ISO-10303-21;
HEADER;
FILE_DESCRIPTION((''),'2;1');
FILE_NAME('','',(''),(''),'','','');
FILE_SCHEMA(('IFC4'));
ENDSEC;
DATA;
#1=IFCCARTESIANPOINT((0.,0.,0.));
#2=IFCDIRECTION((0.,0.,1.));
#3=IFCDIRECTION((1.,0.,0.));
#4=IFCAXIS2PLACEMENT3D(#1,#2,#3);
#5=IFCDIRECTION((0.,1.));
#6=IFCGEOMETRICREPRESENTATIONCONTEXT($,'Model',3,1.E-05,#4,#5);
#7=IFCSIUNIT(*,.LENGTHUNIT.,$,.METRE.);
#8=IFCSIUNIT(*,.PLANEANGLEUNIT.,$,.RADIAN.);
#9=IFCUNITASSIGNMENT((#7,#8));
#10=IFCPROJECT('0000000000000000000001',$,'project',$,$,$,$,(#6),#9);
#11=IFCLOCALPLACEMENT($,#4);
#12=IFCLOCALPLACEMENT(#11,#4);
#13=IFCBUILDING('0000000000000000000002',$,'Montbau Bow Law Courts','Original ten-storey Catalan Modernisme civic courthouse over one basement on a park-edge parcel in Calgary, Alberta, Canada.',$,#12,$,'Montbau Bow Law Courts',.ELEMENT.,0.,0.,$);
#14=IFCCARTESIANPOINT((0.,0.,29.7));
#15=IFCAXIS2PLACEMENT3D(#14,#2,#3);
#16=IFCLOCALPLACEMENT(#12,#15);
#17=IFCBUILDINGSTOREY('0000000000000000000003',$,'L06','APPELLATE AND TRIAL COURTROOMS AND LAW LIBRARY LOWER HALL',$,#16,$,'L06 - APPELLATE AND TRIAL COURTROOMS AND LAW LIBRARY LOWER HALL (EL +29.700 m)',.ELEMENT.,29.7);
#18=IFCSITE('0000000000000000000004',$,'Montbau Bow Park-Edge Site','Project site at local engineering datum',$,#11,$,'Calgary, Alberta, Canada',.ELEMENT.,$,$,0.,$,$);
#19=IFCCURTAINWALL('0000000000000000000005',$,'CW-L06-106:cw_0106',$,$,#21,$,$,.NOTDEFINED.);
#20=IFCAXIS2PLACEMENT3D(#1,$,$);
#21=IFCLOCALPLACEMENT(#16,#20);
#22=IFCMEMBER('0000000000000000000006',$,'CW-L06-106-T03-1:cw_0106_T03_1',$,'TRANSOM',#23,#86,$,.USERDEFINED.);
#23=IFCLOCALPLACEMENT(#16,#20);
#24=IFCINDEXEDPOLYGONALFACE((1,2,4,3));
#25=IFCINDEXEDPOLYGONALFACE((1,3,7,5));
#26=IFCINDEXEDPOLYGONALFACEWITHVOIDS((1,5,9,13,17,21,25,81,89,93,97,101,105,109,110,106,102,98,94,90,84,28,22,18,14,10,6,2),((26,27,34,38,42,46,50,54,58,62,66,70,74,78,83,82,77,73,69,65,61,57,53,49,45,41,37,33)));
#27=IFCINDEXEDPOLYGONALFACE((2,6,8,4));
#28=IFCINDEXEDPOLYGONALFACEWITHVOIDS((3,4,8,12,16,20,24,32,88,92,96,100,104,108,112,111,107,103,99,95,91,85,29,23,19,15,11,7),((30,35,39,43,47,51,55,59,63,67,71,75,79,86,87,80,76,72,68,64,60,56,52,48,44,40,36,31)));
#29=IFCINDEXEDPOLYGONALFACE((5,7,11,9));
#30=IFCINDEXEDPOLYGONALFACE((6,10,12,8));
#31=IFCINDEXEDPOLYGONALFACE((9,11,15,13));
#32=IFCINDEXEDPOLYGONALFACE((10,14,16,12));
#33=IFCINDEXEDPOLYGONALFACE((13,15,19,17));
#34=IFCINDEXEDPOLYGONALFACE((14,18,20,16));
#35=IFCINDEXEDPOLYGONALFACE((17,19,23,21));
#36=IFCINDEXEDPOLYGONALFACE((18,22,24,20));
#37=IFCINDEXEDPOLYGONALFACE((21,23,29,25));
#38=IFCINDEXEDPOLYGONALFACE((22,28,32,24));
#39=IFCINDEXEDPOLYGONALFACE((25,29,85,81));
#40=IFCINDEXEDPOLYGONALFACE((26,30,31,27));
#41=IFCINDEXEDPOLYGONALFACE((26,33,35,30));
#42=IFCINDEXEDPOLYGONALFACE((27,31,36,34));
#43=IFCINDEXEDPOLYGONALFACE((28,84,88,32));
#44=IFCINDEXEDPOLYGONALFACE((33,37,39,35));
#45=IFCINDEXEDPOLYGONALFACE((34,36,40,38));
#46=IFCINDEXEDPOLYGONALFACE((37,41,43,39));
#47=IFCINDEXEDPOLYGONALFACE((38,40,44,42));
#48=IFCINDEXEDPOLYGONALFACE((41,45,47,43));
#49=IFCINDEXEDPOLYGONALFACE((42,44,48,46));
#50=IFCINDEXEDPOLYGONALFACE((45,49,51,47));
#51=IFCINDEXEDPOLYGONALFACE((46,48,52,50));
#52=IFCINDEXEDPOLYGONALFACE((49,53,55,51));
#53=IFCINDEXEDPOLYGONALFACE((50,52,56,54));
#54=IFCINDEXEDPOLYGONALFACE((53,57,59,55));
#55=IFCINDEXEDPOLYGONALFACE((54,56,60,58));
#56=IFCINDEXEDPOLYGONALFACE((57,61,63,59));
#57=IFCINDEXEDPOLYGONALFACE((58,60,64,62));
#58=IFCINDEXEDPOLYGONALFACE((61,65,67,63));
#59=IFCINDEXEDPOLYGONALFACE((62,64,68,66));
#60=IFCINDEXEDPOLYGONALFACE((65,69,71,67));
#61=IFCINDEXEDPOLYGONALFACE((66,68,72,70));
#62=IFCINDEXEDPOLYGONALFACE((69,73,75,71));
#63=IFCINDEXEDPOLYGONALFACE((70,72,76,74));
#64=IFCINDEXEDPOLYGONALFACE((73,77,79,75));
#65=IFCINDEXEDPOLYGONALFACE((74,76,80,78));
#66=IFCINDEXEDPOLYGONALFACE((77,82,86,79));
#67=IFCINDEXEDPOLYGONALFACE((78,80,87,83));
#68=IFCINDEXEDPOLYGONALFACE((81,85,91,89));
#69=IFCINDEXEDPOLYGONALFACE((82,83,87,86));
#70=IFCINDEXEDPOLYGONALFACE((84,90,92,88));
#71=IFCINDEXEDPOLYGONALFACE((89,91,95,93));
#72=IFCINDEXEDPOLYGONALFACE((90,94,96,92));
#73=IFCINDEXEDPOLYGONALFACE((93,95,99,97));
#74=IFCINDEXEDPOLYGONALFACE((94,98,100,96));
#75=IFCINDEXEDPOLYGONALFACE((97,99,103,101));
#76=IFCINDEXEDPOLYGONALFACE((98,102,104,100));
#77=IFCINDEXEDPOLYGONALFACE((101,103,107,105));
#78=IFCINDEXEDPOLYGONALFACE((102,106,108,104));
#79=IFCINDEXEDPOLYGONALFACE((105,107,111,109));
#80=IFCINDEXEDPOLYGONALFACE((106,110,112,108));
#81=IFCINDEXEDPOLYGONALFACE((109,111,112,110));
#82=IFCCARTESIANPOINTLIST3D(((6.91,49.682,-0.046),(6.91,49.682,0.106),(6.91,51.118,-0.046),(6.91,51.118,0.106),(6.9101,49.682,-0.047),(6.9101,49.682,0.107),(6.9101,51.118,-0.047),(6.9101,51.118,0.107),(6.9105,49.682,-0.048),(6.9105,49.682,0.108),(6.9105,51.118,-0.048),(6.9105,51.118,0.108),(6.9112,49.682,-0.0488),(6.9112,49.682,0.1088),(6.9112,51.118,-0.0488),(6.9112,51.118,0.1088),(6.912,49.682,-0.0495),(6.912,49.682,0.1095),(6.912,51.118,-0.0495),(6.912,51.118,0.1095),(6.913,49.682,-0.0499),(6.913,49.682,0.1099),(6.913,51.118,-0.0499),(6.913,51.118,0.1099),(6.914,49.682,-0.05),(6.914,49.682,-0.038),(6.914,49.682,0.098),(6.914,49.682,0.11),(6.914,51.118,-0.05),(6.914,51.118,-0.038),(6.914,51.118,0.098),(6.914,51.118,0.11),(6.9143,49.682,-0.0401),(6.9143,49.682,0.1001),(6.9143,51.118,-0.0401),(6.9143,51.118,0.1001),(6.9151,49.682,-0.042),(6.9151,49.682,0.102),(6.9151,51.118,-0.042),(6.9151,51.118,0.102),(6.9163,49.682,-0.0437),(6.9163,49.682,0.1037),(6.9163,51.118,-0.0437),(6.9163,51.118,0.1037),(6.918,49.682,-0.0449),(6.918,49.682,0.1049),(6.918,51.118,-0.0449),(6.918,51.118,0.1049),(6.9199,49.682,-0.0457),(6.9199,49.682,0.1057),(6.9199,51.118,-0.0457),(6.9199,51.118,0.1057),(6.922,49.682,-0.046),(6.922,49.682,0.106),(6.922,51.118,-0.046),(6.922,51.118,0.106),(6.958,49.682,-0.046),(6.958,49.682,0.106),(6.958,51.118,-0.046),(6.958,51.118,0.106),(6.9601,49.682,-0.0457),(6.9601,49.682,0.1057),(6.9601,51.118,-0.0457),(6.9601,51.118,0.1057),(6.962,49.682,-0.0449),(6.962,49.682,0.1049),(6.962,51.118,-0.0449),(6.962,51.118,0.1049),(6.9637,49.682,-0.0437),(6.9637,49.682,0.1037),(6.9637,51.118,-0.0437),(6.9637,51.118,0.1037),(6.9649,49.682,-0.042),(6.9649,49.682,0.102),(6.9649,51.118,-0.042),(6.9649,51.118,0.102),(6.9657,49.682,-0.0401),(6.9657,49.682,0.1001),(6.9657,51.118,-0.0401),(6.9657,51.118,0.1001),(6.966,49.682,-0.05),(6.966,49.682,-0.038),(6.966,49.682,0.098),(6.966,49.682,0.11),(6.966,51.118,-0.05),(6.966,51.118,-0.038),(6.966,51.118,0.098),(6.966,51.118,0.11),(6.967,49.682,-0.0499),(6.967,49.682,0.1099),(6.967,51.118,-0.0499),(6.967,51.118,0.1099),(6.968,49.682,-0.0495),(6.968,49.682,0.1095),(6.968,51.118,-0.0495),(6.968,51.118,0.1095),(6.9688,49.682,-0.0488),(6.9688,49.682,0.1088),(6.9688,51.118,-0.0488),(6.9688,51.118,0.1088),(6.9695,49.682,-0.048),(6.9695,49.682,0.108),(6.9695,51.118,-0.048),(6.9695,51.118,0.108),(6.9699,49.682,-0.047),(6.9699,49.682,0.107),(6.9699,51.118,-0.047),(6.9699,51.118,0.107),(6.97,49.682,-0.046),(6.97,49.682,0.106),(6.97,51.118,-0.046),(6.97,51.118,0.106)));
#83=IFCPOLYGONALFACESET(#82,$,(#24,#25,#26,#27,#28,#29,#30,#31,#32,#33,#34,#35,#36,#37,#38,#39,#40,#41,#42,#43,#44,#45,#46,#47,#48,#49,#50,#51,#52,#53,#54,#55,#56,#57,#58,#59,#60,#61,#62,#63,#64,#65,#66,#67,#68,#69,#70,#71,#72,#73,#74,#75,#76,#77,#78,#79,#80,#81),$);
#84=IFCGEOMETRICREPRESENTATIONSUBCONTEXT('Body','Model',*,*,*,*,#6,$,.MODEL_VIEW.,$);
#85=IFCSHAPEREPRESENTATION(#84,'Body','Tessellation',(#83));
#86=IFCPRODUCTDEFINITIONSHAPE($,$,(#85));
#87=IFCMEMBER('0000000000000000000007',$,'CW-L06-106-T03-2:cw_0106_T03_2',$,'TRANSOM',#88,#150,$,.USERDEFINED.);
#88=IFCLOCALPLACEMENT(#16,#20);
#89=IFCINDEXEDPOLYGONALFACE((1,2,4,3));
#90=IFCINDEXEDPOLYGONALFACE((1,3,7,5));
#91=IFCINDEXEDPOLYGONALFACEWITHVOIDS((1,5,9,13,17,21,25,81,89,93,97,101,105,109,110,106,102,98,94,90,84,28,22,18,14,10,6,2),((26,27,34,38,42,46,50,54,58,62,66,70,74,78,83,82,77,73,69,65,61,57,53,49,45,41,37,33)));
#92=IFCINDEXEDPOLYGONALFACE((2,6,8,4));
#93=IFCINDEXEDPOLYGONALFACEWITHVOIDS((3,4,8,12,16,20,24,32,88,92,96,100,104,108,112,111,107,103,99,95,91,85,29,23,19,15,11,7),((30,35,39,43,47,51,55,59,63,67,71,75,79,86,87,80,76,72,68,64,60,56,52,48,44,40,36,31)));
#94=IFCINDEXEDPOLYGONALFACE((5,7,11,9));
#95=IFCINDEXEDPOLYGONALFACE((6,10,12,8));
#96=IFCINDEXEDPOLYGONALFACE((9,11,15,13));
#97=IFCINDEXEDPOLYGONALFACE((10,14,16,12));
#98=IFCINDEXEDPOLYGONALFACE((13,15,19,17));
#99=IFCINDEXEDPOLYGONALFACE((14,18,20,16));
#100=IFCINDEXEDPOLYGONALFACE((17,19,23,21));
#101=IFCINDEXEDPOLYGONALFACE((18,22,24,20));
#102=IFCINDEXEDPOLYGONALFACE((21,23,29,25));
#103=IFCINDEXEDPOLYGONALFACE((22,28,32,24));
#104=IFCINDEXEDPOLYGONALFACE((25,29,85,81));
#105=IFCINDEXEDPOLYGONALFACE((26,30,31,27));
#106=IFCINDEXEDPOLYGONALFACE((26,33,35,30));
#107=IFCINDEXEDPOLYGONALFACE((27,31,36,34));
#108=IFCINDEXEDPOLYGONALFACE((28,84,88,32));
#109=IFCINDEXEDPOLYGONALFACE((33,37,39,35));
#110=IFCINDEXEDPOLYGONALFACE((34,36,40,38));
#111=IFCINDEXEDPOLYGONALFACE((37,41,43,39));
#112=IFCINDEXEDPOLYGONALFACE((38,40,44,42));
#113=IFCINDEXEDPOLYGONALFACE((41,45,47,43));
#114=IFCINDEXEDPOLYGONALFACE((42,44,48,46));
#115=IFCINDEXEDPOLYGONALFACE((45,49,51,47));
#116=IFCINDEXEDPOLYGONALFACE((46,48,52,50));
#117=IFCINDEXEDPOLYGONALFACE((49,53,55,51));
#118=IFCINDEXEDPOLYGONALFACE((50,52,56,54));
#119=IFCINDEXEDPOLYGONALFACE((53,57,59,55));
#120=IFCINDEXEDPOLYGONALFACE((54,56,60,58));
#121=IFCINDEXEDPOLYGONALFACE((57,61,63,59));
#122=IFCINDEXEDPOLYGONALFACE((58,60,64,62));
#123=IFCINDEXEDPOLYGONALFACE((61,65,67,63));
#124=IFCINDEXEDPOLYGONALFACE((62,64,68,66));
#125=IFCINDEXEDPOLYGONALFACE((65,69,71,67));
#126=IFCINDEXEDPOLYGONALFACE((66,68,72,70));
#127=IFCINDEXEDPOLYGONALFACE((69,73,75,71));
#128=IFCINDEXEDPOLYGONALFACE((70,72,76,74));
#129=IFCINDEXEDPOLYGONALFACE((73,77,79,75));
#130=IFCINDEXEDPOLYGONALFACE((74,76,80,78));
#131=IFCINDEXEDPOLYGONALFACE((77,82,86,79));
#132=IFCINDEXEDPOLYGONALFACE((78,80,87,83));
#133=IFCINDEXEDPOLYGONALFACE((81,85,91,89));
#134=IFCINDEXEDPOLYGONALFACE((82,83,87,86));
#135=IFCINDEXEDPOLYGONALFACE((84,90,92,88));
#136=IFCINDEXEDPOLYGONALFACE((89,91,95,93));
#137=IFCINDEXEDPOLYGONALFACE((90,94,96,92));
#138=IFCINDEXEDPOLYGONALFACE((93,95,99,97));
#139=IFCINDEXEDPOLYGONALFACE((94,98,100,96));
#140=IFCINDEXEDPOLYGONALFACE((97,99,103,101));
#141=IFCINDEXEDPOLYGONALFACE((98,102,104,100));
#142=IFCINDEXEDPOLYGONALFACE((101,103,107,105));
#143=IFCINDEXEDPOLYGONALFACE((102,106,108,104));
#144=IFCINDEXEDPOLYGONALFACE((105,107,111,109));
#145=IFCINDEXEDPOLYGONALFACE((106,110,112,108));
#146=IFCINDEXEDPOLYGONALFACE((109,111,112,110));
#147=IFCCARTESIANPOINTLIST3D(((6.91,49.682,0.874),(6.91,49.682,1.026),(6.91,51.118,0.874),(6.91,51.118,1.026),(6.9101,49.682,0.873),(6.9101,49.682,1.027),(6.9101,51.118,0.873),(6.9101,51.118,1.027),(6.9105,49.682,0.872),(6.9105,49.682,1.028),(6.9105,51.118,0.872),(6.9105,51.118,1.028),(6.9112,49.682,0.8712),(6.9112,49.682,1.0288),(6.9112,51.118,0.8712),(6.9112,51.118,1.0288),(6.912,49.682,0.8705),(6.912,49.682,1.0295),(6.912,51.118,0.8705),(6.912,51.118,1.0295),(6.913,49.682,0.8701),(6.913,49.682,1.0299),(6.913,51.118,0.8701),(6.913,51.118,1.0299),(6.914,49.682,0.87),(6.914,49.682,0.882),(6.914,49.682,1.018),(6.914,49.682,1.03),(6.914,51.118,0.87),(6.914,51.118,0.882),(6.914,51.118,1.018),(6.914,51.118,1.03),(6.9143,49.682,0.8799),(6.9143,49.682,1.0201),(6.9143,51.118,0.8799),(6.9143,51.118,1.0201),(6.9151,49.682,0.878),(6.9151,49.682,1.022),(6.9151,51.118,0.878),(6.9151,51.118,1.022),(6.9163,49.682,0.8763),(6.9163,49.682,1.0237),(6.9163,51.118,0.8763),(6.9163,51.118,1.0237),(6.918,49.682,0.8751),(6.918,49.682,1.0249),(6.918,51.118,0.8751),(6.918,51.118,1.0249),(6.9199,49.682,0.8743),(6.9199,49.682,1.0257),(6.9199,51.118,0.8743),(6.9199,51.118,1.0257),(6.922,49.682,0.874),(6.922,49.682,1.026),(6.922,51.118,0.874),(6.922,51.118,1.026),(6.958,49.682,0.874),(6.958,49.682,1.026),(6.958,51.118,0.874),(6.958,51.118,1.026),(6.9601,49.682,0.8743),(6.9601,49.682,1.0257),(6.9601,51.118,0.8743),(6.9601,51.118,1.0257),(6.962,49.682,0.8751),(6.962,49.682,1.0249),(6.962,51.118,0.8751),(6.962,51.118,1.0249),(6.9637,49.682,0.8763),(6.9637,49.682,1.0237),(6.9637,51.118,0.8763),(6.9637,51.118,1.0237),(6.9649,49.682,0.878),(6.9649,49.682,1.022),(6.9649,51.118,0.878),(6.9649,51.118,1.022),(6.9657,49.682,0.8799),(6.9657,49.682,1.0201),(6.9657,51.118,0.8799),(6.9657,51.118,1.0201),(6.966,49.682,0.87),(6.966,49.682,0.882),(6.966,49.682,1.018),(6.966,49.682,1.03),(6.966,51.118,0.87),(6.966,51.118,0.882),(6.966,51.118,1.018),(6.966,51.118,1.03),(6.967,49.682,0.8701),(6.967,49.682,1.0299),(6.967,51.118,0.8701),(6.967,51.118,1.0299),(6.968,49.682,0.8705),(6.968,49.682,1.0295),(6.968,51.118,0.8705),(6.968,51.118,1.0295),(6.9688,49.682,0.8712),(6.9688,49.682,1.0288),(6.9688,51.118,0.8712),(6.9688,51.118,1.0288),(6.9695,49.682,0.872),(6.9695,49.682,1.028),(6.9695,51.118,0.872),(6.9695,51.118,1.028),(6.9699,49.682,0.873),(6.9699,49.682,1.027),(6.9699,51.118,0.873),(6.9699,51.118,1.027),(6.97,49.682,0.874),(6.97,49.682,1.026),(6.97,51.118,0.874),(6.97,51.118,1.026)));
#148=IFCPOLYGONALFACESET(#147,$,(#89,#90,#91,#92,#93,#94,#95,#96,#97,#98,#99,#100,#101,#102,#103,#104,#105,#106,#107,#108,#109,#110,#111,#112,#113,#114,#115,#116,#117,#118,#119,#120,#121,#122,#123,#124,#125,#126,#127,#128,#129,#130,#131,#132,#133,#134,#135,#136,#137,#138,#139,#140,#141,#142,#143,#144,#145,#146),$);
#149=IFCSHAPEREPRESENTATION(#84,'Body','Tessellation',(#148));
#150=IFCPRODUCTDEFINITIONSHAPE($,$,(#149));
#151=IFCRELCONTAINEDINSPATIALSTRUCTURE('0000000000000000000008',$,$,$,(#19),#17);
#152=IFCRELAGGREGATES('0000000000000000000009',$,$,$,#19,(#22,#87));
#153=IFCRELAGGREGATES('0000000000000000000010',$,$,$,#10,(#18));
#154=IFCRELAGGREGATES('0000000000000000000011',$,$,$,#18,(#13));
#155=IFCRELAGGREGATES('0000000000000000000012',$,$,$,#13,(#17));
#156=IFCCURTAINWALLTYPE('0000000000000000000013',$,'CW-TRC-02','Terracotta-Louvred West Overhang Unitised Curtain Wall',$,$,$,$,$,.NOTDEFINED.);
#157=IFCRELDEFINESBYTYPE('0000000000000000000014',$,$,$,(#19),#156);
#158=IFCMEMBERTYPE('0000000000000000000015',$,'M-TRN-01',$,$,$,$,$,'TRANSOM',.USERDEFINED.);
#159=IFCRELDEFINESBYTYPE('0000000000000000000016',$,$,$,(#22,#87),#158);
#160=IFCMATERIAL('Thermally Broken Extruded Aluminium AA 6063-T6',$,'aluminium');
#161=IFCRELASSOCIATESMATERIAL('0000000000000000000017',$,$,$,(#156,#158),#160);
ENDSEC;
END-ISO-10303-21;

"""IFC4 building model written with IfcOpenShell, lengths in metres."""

from ifc_helpers import new_model, si_unit, direction, frame, origin_with_axes, origin_2d_with_axis, place, context, subcontext, project, spatial, hollow_rectangle, extrude, material, material_profile, profile_set, type_object, element, aggregate, save


model = new_model("IFC4")

# Units and contexts
model_context = context("Model", 3, precision=1e-05, world=origin_with_axes(), true_north=direction((0.0, 1.0)))
body_context = subcontext(model_context, "Body", "Model", "MODEL_VIEW")
ifc_project = project(units=[si_unit("LENGTHUNIT", "METRE"), si_unit("PLANEANGLEUNIT", "RADIAN")], contexts=[model_context])

# Site, building, storey
site_placement = place(None, origin_with_axes())
site = spatial("IfcSite", under=ifc_project, at=site_placement, Name="Montbau Bow Park-Edge Site", Description="Project site at local engineering datum", LongName="Calgary, Alberta, Canada", CompositionType="ELEMENT", RefElevation=0.0)
building_placement = place(site_placement, origin_with_axes())
building = spatial("IfcBuilding", under=site, at=building_placement, Name="Montbau Bow Law Courts", Description="Original ten-storey Catalan Modernisme civic courthouse over one basement on a park-edge parcel in Calgary, Alberta, Canada.", LongName="Montbau Bow Law Courts", CompositionType="ELEMENT", ElevationOfRefHeight=0.0, ElevationOfTerrain=0.0)
storey_placement = place(building_placement, frame((0.0, 0.0, 29.7), z_axis=(0.0, 0.0, 1.0), x_axis=(1.0, 0.0, 0.0)))
storey = spatial("IfcBuildingStorey", under=building, at=storey_placement, Name="L06", Description="APPELLATE AND TRIAL COURTROOMS AND LAW LIBRARY LOWER HALL", LongName="L06 - APPELLATE AND TRIAL COURTROOMS AND LAW LIBRARY LOWER HALL (EL +29.700 m)", CompositionType="ELEMENT", Elevation=29.7)

# Shared definitions
ifc_material_1 = material(Name="Thermally Broken Extruded Aluminium AA 6063-T6", Category="aluminium")
curtain_wall_type = type_object("IfcCurtainWallType", Name="CW-TRC-02", Description="Terracotta-Louvred West Overhang Unitised Curtain Wall", PredefinedType="NOTDEFINED", material=ifc_material_1)

# Curtain wall, members
curtain_wall_1_placement = place(None, frame((6.94, 46.64, 29.7), z_axis=(0.0, 0.0, 1.0), x_axis=(1.0, 0.0, 0.0)))
curtain_wall_1 = element("IfcCurtainWall", 1, at=curtain_wall_1_placement, inside=storey, type_object=curtain_wall_type, Name="CW-L06-106:cw_0106", PredefinedType="NOTDEFINED")
ifc_material_profile_1 = material_profile(ifc_material_1, hollow_rectangle(XDim=0.06, YDim=0.16, WallThickness=0.004, InnerFilletRadius=0.008, OuterFilletRadius=0.004, at=origin_2d_with_axis()), Name="CWT-160X60", Category="Main", Priority=0)
ifc_profile_set_1 = profile_set([ifc_material_profile_1], Name="Thermally Broken Extruded Aluminium AA 6063-T6")
member_type_1 = type_object("IfcMemberType", Name="M-TRN-01", ElementType="TRANSOM", PredefinedType="USERDEFINED", material=ifc_profile_set_1)
member_1_placement = place(None, frame((6.94, 49.682, 29.73), z_axis=(0.0, 1.0, 0.0), x_axis=(-1.0, 0.0, 0.0)))
member_1 = element("IfcMember", 2, at=member_1_placement, type_object=member_type_1, Name="CW-L06-106-T03-1:cw_0106_T03_1", ObjectType="TRANSOM", PredefinedType="USERDEFINED", context=body_context, shape_type="SweptSolid", body=[
    extrude(hollow_rectangle(XDim=0.06, YDim=0.16, WallThickness=0.004, InnerFilletRadius=0.008, OuterFilletRadius=0.004, at=origin_2d_with_axis()), origin_with_axes(), (0.0, 0.0, 1.0), 1.436),
])
member_2_placement = place(None, frame((6.94, 49.682, 30.65), z_axis=(0.0, 1.0, 0.0), x_axis=(-1.0, 0.0, 0.0)))
member_2 = element("IfcMember", 3, at=member_2_placement, type_object=member_type_1, Name="CW-L06-106-T03-2:cw_0106_T03_2", ObjectType="TRANSOM", PredefinedType="USERDEFINED", context=body_context, shape_type="SweptSolid", body=[
    extrude(hollow_rectangle(XDim=0.06, YDim=0.16, WallThickness=0.004, InnerFilletRadius=0.008, OuterFilletRadius=0.004, at=origin_2d_with_axis()), origin_with_axes(), (0.0, 0.0, 1.0), 1.436),
])
aggregate(curtain_wall_1, [member_1, member_2])

save(model, "model.ifc")
